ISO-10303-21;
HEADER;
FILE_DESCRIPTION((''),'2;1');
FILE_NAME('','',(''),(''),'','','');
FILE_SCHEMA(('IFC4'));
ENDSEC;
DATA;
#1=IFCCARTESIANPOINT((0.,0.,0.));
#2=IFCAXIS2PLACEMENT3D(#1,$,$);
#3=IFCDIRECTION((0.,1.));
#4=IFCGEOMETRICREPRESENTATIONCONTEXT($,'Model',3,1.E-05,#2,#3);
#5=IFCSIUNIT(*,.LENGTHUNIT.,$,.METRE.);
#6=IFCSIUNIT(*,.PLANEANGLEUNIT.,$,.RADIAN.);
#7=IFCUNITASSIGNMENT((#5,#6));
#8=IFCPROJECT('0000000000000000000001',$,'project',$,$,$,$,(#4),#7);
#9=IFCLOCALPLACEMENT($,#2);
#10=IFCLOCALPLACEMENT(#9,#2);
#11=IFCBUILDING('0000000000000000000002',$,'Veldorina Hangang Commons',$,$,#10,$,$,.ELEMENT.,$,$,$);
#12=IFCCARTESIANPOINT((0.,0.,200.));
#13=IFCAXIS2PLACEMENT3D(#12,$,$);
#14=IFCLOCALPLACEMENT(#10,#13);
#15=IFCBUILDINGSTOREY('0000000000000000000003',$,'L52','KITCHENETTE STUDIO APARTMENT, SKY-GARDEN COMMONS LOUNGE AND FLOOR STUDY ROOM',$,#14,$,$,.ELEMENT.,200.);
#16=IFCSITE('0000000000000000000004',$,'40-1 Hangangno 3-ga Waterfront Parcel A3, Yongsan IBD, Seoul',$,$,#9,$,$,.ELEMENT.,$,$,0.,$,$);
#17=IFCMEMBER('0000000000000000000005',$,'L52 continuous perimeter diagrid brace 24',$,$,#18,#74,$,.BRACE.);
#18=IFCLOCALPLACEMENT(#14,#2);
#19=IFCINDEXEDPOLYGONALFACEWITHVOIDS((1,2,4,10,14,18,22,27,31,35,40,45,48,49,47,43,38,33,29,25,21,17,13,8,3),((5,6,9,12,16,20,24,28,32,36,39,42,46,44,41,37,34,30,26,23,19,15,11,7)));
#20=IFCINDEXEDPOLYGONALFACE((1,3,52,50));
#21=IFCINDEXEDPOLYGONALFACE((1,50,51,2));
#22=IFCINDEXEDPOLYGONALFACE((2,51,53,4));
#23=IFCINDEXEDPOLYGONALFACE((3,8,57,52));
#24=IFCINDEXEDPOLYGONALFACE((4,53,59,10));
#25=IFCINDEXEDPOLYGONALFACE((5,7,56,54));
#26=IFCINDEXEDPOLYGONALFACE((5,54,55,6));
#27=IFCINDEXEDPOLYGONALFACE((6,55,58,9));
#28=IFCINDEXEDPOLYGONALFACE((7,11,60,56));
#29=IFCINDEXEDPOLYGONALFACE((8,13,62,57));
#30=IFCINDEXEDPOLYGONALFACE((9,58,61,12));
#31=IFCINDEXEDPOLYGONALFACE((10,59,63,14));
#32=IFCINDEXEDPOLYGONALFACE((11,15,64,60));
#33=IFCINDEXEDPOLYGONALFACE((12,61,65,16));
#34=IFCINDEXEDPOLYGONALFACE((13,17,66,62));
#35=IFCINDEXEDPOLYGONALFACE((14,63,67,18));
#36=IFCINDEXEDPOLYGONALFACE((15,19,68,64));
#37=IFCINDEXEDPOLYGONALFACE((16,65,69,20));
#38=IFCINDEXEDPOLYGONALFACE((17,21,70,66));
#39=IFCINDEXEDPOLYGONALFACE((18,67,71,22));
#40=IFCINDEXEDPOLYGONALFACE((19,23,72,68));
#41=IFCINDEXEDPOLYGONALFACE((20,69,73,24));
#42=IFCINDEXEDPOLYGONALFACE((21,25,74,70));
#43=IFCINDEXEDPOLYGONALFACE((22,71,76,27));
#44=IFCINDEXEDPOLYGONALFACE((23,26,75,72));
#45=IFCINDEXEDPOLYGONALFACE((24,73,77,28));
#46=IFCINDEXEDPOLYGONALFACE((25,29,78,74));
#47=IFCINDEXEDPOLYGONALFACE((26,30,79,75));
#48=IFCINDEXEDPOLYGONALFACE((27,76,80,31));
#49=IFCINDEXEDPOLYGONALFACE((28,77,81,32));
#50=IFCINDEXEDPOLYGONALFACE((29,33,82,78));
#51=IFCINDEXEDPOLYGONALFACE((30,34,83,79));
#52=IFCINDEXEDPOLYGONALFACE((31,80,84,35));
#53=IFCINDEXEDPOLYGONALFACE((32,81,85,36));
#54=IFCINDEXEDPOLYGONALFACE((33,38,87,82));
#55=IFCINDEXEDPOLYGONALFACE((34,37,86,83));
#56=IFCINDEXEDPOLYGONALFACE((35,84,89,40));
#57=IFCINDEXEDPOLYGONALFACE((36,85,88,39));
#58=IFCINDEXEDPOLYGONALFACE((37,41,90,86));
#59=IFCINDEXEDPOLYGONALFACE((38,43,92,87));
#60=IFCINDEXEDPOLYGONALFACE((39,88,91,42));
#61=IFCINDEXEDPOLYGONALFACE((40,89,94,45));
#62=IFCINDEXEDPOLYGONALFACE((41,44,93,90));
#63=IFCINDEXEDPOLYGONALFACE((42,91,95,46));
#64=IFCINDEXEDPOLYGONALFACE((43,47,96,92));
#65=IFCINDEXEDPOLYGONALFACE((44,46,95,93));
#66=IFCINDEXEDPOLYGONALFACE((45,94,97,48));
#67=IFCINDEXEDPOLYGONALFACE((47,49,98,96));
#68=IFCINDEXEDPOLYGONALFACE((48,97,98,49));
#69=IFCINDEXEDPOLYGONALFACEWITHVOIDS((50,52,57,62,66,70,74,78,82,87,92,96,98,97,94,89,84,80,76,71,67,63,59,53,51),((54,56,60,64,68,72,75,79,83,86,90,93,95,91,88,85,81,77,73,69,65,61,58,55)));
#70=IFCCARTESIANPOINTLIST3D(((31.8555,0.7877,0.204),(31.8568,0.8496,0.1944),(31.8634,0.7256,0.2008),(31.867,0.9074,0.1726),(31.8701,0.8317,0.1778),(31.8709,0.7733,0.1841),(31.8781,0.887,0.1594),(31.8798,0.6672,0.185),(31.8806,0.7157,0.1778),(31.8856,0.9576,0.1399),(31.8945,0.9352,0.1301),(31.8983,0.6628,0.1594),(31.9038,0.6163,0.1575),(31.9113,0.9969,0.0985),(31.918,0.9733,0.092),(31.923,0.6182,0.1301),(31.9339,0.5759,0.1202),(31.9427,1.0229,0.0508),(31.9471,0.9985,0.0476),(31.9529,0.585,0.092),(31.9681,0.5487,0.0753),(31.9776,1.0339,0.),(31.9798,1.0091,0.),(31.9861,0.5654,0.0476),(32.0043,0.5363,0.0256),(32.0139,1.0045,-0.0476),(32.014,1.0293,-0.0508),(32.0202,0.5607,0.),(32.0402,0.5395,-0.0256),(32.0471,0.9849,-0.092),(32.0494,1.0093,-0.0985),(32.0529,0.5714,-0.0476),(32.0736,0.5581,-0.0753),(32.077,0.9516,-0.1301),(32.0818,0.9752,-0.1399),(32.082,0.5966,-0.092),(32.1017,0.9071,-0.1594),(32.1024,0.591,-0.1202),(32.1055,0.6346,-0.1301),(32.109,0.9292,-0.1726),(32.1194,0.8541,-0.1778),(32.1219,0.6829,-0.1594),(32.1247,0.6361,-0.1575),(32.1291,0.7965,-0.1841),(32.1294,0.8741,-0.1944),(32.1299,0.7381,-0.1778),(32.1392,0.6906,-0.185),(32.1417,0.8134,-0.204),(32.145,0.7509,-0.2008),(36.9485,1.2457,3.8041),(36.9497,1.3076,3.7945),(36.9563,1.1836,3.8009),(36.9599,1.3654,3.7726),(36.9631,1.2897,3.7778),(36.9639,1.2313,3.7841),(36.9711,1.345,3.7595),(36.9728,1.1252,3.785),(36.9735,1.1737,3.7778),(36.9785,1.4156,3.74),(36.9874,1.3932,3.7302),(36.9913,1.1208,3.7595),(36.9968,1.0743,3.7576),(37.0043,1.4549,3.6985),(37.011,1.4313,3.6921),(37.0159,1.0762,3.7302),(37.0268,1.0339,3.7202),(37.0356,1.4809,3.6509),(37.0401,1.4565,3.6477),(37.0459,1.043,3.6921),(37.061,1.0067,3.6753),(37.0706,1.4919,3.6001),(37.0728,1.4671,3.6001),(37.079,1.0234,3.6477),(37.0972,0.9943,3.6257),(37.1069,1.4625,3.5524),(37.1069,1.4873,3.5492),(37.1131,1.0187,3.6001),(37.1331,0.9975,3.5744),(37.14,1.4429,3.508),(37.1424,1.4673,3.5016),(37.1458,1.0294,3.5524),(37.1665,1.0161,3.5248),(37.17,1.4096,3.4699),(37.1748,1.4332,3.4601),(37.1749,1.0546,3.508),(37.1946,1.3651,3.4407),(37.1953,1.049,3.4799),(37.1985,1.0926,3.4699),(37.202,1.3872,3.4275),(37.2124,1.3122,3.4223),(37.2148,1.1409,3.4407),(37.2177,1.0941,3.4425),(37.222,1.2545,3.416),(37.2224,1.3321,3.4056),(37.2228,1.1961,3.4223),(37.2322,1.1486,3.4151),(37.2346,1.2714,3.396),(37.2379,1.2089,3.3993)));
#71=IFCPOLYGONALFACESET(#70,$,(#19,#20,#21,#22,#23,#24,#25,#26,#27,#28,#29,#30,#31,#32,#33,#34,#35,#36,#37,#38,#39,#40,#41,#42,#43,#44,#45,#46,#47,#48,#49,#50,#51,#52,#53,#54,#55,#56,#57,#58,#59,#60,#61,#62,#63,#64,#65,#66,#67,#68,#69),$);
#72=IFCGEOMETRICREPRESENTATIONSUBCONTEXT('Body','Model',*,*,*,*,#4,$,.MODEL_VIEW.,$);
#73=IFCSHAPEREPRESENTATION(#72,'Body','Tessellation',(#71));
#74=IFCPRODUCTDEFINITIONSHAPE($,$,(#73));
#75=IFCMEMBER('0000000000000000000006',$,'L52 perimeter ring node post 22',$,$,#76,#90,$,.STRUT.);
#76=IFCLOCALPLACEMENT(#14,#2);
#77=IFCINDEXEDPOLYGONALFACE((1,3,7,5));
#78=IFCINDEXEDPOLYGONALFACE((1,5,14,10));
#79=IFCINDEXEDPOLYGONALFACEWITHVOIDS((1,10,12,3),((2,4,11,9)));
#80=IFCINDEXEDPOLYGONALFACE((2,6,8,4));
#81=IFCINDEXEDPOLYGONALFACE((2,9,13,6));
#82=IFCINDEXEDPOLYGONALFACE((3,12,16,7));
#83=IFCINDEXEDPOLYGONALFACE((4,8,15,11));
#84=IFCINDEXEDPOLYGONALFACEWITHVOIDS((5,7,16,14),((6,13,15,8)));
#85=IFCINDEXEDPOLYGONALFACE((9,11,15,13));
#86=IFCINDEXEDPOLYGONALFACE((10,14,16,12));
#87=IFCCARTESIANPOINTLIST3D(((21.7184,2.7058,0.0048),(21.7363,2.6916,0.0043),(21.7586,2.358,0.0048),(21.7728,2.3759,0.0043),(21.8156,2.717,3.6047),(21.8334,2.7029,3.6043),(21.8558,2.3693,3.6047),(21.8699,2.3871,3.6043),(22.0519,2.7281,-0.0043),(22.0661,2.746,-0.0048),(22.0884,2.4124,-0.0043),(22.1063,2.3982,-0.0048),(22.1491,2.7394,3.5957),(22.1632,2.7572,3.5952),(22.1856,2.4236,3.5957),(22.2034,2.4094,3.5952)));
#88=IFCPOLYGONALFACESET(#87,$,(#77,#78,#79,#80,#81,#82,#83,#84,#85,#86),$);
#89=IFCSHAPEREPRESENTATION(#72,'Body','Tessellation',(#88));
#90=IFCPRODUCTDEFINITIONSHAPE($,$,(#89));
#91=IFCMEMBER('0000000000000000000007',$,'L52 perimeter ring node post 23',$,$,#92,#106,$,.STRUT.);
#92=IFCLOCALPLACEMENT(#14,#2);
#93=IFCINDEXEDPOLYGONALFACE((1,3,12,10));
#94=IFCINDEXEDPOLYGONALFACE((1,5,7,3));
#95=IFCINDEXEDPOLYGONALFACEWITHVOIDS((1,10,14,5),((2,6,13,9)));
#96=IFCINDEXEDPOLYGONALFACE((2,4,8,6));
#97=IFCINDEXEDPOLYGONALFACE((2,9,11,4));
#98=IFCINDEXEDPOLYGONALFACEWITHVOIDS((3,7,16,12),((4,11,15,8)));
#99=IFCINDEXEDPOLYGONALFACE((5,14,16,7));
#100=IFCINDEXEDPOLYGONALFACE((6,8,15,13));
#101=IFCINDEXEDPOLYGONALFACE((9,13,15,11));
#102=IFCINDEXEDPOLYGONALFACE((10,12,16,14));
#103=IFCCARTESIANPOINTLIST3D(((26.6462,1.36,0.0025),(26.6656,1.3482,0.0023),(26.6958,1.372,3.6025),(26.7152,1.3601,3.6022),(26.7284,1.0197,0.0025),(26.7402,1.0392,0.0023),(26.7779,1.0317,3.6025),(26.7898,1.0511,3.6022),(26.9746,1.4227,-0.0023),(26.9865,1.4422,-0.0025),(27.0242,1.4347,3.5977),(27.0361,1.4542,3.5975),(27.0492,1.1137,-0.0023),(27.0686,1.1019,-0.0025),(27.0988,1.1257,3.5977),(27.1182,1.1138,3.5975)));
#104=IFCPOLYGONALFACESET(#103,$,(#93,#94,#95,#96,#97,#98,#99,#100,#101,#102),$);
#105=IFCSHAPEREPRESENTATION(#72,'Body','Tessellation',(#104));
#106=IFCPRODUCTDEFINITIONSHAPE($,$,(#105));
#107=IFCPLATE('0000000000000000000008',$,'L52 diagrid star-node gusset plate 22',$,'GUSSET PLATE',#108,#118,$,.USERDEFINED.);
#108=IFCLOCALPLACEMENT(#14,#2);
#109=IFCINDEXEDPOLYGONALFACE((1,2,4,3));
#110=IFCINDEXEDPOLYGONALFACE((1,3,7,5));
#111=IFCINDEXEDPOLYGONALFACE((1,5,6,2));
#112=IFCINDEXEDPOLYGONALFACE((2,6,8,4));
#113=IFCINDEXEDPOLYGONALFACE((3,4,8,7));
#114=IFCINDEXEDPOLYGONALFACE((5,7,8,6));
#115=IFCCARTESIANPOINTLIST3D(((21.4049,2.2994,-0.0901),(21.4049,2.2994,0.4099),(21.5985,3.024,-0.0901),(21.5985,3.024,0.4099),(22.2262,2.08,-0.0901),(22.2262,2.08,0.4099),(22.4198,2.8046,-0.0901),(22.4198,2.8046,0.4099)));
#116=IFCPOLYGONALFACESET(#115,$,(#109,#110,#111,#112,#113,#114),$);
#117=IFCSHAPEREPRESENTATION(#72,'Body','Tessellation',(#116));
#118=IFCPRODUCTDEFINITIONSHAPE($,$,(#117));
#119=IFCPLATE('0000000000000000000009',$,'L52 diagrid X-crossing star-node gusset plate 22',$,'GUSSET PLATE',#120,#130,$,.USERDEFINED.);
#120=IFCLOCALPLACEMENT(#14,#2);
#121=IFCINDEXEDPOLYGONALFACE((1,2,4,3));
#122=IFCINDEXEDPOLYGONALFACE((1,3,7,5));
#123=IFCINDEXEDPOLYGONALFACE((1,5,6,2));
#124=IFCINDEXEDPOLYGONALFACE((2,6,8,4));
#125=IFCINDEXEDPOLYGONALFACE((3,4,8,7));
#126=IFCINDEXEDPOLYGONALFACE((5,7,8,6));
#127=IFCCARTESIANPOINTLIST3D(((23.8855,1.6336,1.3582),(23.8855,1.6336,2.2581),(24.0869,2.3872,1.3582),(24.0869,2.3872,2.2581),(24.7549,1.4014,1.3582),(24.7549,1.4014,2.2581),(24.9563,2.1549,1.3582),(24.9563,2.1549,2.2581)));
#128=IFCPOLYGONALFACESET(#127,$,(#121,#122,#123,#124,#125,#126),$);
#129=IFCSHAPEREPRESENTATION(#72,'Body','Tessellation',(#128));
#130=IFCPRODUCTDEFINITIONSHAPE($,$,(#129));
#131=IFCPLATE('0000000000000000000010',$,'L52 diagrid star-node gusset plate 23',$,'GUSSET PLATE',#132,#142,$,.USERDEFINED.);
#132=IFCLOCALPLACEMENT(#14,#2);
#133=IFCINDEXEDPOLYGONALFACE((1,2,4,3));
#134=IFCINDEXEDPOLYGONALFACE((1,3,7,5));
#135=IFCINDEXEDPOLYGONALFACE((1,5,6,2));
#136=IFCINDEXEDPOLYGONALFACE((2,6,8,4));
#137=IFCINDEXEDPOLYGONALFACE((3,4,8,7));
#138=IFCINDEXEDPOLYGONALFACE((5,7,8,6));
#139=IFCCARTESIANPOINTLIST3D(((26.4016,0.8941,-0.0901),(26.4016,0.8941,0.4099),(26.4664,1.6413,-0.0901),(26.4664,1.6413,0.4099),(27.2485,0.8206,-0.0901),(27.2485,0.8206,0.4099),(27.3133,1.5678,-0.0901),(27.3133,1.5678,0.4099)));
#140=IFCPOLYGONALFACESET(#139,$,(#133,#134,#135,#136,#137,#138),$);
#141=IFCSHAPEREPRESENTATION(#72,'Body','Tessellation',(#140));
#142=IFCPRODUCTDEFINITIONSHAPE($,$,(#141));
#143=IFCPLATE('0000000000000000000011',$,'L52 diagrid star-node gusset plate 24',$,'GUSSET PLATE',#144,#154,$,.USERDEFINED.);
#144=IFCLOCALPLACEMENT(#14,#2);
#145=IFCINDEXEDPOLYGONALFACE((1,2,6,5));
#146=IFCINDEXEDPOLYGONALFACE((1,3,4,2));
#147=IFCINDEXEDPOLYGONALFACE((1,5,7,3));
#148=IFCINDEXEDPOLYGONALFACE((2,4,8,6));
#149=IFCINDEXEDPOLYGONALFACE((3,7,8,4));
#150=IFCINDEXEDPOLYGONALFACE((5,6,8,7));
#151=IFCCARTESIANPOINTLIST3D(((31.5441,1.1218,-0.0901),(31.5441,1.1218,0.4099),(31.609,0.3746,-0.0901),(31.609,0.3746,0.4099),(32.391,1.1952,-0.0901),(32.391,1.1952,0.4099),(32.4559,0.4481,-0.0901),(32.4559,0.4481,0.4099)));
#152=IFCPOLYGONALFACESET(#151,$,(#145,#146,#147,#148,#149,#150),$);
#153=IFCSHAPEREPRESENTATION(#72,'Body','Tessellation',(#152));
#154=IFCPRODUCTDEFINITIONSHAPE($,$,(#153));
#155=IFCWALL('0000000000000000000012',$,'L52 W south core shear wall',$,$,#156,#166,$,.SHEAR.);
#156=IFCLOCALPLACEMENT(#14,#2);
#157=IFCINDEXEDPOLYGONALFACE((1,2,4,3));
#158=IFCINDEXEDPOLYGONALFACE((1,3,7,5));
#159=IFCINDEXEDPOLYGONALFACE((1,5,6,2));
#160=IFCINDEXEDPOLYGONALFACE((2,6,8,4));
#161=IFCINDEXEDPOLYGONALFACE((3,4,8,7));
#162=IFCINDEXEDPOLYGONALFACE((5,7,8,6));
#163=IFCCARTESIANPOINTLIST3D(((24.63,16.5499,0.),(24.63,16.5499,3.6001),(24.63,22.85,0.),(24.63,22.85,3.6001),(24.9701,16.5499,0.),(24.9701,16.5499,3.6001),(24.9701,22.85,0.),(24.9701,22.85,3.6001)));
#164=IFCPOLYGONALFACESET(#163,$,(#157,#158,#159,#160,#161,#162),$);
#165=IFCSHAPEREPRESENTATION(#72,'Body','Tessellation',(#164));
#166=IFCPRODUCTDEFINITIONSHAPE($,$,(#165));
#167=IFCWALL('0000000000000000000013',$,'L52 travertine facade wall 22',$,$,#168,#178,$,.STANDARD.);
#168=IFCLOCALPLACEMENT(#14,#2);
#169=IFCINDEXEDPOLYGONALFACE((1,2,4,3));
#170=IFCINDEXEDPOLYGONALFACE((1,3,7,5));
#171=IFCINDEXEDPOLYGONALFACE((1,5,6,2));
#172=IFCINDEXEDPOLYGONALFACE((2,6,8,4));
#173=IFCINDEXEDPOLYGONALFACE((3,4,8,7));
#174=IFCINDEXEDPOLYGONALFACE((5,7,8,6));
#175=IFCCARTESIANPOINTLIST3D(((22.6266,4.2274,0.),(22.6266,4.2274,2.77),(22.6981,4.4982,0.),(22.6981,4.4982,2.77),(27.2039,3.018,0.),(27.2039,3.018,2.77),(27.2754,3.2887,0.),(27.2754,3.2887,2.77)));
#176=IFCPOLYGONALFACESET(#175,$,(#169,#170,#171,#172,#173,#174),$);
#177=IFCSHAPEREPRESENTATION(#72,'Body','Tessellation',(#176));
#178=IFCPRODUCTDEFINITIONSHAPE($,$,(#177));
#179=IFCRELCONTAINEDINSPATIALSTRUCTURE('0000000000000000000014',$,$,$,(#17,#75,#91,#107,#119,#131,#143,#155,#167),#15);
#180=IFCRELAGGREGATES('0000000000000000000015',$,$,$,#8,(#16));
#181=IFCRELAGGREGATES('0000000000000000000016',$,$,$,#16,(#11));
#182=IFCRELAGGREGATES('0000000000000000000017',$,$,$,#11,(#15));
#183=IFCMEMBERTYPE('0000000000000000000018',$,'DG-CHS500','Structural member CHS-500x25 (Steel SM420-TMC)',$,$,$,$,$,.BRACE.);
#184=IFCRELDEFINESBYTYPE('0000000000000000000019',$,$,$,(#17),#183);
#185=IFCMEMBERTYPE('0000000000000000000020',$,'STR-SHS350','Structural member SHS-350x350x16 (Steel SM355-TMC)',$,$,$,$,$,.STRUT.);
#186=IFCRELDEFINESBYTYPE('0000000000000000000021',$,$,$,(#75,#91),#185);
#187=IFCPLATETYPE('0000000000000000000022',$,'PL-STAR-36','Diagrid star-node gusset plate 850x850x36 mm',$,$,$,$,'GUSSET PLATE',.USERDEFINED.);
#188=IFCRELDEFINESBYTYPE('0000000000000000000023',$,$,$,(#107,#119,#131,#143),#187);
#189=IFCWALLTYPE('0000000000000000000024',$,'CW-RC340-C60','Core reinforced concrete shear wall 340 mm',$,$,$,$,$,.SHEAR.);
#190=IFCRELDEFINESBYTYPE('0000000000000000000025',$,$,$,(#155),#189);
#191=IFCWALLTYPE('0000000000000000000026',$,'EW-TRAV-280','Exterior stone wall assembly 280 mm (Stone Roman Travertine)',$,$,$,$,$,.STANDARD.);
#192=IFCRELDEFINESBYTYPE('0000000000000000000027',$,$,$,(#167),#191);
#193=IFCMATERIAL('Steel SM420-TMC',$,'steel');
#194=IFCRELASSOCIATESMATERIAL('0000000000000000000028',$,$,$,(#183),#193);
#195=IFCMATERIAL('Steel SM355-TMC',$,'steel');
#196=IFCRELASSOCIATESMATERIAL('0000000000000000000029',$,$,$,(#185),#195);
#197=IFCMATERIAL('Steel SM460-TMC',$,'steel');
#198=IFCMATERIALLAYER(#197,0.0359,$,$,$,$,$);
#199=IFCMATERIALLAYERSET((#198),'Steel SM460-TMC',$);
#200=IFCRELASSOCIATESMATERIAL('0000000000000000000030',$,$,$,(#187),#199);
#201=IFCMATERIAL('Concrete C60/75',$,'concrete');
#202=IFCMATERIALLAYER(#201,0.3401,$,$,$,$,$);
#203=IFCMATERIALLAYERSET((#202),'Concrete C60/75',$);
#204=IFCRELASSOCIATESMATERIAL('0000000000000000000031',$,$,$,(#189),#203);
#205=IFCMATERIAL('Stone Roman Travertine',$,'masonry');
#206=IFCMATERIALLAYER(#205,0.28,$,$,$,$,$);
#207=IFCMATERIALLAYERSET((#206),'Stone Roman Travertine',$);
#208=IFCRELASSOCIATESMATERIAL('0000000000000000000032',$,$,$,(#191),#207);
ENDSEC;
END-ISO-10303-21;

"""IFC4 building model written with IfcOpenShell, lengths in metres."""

from ifc_helpers import new_model, si_unit, direction, frame, frame_2d, origin, origin_2d, place, context, subcontext, project, spatial, rectangle, hollow_rectangle, hollow_circle, extrude, material, layer, layer_set, material_profile, profile_set, type_object, element, save


model = new_model("IFC4")

# Units and contexts
model_context = context("Model", 3, precision=1e-05, world=origin(), true_north=direction((0.0, 1.0)))
body_context = subcontext(model_context, "Body", "Model", "MODEL_VIEW")
ifc_project = project(units=[si_unit("LENGTHUNIT", "METRE"), si_unit("PLANEANGLEUNIT", "RADIAN")], contexts=[model_context])

# Site, building, storey
site_placement = place(None, origin())
site = spatial("IfcSite", under=ifc_project, at=site_placement, Name="40-1 Hangangno 3-ga Waterfront Parcel A3, Yongsan IBD, Seoul", CompositionType="ELEMENT", RefElevation=0.0)
building_placement = place(site_placement, origin())
building = spatial("IfcBuilding", under=site, at=building_placement, Name="Veldorina Hangang Commons", CompositionType="ELEMENT")
storey_placement = place(building_placement, frame((0.0, 0.0, 200.0)))
storey = spatial("IfcBuildingStorey", under=building, at=storey_placement, Name="L52", Description="KITCHENETTE STUDIO APARTMENT, SKY-GARDEN COMMONS LOUNGE AND FLOOR STUDY ROOM", CompositionType="ELEMENT", Elevation=200.0)

# Shared definitions
ifc_material_1 = material(Name="Steel SM355-TMC", Category="steel")
ifc_material_2 = material(Name="Steel SM420-TMC", Category="steel")

# Members
ifc_material_profile_1 = material_profile(ifc_material_2, hollow_circle(Radius=0.25, WallThickness=0.0249, at=origin_2d()), Name="CHS-500x25")
ifc_profile_set_1 = profile_set([ifc_material_profile_1], Name="Steel SM420-TMC")
member_type_1 = type_object("IfcMemberType", Name="DG-CHS500", Description="Structural member CHS-500x25 (Steel SM420-TMC)", PredefinedType="BRACE", material=ifc_profile_set_1)
member_1_placement = place(storey_placement, frame((32.0, 0.7849, 0.0), z_axis=(0.814395, 0.073237, 0.575671), x_axis=(-0.089567, 0.995981, 0.0)))
element("IfcMember", 1, at=member_1_placement, inside=storey, type_object=member_type_1, Name="L52 continuous perimeter diagrid brace 24", PredefinedType="BRACE", context=body_context, shape_type="SweptSolid", body=[
    extrude(hollow_circle(Radius=0.25, WallThickness=0.0249, at=origin_2d()), origin(), (0.0, 0.0, 1.0), 6.2537),
])
ifc_material_profile_2 = material_profile(ifc_material_1, hollow_rectangle(XDim=0.3501, YDim=0.3501, WallThickness=0.0161, at=origin_2d()), Name="SHS-350x350x16")
ifc_profile_set_2 = profile_set([ifc_material_profile_2], Name="Steel SM355-TMC")
member_type_2 = type_object("IfcMemberType", Name="STR-SHS350", Description="Structural member SHS-350x350x16 (Steel SM355-TMC)", PredefinedType="STRUT", material=ifc_profile_set_2)
member_2_placement = place(storey_placement, frame((21.9124, 2.552, 0.0), z_axis=(0.02698, 0.003118, 0.999631), x_axis=(-0.114814, 0.993387, 0.0)))
element("IfcMember", 2, at=member_2_placement, inside=storey, type_object=member_type_2, Name="L52 perimeter ring node post 22", PredefinedType="STRUT", context=body_context, shape_type="SweptSolid", body=[
    extrude(hollow_rectangle(XDim=0.3501, YDim=0.3501, WallThickness=0.0161, at=origin_2d()), origin(), (0.0, 0.0, 1.0), 3.6013),
])
member_3_placement = place(storey_placement, frame((26.8574, 1.231, 0.0), z_axis=(0.013765, 0.003323, 0.9999), x_axis=(-0.234641, 0.972082, 0.0)))
element("IfcMember", 3, at=member_3_placement, inside=storey, type_object=member_type_2, Name="L52 perimeter ring node post 23", PredefinedType="STRUT", context=body_context, shape_type="SweptSolid", body=[
    extrude(hollow_rectangle(XDim=0.3501, YDim=0.3501, WallThickness=0.0161, at=origin_2d()), origin(), (0.0, 0.0, 1.0), 3.6003),
])

# Plates
ifc_material_3 = material(Name="Steel SM460-TMC", Category="steel")
ifc_layer_1 = layer(ifc_material_3, 0.0359)
ifc_layer_set_1 = layer_set([ifc_layer_1], Name="Steel SM460-TMC")
plate_type = type_object("IfcPlateType", Name="PL-STAR-36", Description="Diagrid star-node gusset plate 850x850x36 mm", ElementType="GUSSET PLATE", PredefinedType="USERDEFINED", material=ifc_layer_set_1)
plate_1_placement = place(storey_placement, frame((21.9124, 2.552, -0.0901), z_axis=(0.0, 0.0, 1.0), x_axis=(0.966115, -0.258111, 0.0)))
element("IfcPlate", 4, at=plate_1_placement, inside=storey, type_object=plate_type, Name="L52 diagrid star-node gusset plate 22", ObjectType="GUSSET PLATE", PredefinedType="USERDEFINED", context=body_context, shape_type="SweptSolid", body=[
    extrude(rectangle(XDim=0.8501, YDim=0.75, at=origin_2d()), origin(), (0.0, 0.0, 1.0), 0.5),
])
plate_2_placement = place(storey_placement, frame((24.4209, 1.8943, 1.3582), z_axis=(0.0, 0.0, 1.0), x_axis=(0.966115, -0.258111, 0.0)))
element("IfcPlate", 5, at=plate_2_placement, inside=storey, type_object=plate_type, Name="L52 diagrid X-crossing star-node gusset plate 22", ObjectType="GUSSET PLATE", PredefinedType="USERDEFINED", context=body_context, shape_type="SweptSolid", body=[
    extrude(rectangle(XDim=0.8999, YDim=0.78, at=origin_2d()), origin(), (0.0, 0.0, 1.0), 0.8999),
])
for number, where, z_axis, x_axis, name in (
    (6, (26.8574, 1.231, -0.0901), (0.0, 0.0, 1.0), (0.996258, -0.086425, 0.0), "L52 diagrid star-node gusset plate 23"),
    (7, (32.0, 0.7849, -0.0901), (0.0, 0.0, 1.0), (0.996258, 0.086425, 0.0), "L52 diagrid star-node gusset plate 24"),
):
    element("IfcPlate", number, at=place(storey_placement, frame(where, z_axis=z_axis, x_axis=x_axis)), inside=storey, type_object=plate_type, Name=name, ObjectType="GUSSET PLATE", PredefinedType="USERDEFINED", context=body_context, shape_type="SweptSolid", body=[
        extrude(rectangle(XDim=0.8501, YDim=0.75, at=origin_2d()), origin(), (0.0, 0.0, 1.0), 0.5),
    ])

# Walls
ifc_material_4 = material(Name="Concrete C60/75", Category="concrete")
ifc_layer_2 = layer(ifc_material_4, 0.3401)
ifc_layer_set_2 = layer_set([ifc_layer_2], Name="Concrete C60/75")
wall_type_1 = type_object("IfcWallType", Name="CW-RC340-C60", Description="Core reinforced concrete shear wall 340 mm", PredefinedType="SHEAR", material=ifc_layer_set_2)
wall_1_placement = place(storey_placement, frame((24.8, 16.55, 0.0), z_axis=(0.0, 0.0, 1.0), x_axis=(0.0, 1.0, 0.0)))
element("IfcWall", 8, at=wall_1_placement, inside=storey, type_object=wall_type_1, Name="L52 W south core shear wall", PredefinedType="SHEAR", context=body_context, shape_type="SweptSolid", body=[
    extrude(rectangle(XDim=6.3, YDim=0.3401, at=frame_2d((3.1499, 0.0))), origin(), (0.0, 0.0, 1.0), 3.6001),
])
ifc_material_5 = material(Name="Stone Roman Travertine", Category="masonry")
ifc_layer_3 = layer(ifc_material_5, 0.28)
ifc_layer_set_3 = layer_set([ifc_layer_3], Name="Stone Roman Travertine")
wall_type_2 = type_object("IfcWallType", Name="EW-TRAV-280", Description="Exterior stone wall assembly 280 mm (Stone Roman Travertine)", PredefinedType="STANDARD", material=ifc_layer_set_3)
wall_2_placement = place(storey_placement, frame((22.6624, 4.3628, 0.0), z_axis=(0.0, 0.0, 1.0), x_axis=(0.96682, -0.25546, 0.0)))
element("IfcWall", 9, at=wall_2_placement, inside=storey, type_object=wall_type_2, Name="L52 travertine facade wall 22", PredefinedType="STANDARD", context=body_context, shape_type="SweptSolid", body=[
    extrude(rectangle(XDim=4.7344, YDim=0.28, at=frame_2d((2.3672, 0.0))), origin(), (0.0, 0.0, 1.0), 2.77),
])

save(model, "model.ifc")
